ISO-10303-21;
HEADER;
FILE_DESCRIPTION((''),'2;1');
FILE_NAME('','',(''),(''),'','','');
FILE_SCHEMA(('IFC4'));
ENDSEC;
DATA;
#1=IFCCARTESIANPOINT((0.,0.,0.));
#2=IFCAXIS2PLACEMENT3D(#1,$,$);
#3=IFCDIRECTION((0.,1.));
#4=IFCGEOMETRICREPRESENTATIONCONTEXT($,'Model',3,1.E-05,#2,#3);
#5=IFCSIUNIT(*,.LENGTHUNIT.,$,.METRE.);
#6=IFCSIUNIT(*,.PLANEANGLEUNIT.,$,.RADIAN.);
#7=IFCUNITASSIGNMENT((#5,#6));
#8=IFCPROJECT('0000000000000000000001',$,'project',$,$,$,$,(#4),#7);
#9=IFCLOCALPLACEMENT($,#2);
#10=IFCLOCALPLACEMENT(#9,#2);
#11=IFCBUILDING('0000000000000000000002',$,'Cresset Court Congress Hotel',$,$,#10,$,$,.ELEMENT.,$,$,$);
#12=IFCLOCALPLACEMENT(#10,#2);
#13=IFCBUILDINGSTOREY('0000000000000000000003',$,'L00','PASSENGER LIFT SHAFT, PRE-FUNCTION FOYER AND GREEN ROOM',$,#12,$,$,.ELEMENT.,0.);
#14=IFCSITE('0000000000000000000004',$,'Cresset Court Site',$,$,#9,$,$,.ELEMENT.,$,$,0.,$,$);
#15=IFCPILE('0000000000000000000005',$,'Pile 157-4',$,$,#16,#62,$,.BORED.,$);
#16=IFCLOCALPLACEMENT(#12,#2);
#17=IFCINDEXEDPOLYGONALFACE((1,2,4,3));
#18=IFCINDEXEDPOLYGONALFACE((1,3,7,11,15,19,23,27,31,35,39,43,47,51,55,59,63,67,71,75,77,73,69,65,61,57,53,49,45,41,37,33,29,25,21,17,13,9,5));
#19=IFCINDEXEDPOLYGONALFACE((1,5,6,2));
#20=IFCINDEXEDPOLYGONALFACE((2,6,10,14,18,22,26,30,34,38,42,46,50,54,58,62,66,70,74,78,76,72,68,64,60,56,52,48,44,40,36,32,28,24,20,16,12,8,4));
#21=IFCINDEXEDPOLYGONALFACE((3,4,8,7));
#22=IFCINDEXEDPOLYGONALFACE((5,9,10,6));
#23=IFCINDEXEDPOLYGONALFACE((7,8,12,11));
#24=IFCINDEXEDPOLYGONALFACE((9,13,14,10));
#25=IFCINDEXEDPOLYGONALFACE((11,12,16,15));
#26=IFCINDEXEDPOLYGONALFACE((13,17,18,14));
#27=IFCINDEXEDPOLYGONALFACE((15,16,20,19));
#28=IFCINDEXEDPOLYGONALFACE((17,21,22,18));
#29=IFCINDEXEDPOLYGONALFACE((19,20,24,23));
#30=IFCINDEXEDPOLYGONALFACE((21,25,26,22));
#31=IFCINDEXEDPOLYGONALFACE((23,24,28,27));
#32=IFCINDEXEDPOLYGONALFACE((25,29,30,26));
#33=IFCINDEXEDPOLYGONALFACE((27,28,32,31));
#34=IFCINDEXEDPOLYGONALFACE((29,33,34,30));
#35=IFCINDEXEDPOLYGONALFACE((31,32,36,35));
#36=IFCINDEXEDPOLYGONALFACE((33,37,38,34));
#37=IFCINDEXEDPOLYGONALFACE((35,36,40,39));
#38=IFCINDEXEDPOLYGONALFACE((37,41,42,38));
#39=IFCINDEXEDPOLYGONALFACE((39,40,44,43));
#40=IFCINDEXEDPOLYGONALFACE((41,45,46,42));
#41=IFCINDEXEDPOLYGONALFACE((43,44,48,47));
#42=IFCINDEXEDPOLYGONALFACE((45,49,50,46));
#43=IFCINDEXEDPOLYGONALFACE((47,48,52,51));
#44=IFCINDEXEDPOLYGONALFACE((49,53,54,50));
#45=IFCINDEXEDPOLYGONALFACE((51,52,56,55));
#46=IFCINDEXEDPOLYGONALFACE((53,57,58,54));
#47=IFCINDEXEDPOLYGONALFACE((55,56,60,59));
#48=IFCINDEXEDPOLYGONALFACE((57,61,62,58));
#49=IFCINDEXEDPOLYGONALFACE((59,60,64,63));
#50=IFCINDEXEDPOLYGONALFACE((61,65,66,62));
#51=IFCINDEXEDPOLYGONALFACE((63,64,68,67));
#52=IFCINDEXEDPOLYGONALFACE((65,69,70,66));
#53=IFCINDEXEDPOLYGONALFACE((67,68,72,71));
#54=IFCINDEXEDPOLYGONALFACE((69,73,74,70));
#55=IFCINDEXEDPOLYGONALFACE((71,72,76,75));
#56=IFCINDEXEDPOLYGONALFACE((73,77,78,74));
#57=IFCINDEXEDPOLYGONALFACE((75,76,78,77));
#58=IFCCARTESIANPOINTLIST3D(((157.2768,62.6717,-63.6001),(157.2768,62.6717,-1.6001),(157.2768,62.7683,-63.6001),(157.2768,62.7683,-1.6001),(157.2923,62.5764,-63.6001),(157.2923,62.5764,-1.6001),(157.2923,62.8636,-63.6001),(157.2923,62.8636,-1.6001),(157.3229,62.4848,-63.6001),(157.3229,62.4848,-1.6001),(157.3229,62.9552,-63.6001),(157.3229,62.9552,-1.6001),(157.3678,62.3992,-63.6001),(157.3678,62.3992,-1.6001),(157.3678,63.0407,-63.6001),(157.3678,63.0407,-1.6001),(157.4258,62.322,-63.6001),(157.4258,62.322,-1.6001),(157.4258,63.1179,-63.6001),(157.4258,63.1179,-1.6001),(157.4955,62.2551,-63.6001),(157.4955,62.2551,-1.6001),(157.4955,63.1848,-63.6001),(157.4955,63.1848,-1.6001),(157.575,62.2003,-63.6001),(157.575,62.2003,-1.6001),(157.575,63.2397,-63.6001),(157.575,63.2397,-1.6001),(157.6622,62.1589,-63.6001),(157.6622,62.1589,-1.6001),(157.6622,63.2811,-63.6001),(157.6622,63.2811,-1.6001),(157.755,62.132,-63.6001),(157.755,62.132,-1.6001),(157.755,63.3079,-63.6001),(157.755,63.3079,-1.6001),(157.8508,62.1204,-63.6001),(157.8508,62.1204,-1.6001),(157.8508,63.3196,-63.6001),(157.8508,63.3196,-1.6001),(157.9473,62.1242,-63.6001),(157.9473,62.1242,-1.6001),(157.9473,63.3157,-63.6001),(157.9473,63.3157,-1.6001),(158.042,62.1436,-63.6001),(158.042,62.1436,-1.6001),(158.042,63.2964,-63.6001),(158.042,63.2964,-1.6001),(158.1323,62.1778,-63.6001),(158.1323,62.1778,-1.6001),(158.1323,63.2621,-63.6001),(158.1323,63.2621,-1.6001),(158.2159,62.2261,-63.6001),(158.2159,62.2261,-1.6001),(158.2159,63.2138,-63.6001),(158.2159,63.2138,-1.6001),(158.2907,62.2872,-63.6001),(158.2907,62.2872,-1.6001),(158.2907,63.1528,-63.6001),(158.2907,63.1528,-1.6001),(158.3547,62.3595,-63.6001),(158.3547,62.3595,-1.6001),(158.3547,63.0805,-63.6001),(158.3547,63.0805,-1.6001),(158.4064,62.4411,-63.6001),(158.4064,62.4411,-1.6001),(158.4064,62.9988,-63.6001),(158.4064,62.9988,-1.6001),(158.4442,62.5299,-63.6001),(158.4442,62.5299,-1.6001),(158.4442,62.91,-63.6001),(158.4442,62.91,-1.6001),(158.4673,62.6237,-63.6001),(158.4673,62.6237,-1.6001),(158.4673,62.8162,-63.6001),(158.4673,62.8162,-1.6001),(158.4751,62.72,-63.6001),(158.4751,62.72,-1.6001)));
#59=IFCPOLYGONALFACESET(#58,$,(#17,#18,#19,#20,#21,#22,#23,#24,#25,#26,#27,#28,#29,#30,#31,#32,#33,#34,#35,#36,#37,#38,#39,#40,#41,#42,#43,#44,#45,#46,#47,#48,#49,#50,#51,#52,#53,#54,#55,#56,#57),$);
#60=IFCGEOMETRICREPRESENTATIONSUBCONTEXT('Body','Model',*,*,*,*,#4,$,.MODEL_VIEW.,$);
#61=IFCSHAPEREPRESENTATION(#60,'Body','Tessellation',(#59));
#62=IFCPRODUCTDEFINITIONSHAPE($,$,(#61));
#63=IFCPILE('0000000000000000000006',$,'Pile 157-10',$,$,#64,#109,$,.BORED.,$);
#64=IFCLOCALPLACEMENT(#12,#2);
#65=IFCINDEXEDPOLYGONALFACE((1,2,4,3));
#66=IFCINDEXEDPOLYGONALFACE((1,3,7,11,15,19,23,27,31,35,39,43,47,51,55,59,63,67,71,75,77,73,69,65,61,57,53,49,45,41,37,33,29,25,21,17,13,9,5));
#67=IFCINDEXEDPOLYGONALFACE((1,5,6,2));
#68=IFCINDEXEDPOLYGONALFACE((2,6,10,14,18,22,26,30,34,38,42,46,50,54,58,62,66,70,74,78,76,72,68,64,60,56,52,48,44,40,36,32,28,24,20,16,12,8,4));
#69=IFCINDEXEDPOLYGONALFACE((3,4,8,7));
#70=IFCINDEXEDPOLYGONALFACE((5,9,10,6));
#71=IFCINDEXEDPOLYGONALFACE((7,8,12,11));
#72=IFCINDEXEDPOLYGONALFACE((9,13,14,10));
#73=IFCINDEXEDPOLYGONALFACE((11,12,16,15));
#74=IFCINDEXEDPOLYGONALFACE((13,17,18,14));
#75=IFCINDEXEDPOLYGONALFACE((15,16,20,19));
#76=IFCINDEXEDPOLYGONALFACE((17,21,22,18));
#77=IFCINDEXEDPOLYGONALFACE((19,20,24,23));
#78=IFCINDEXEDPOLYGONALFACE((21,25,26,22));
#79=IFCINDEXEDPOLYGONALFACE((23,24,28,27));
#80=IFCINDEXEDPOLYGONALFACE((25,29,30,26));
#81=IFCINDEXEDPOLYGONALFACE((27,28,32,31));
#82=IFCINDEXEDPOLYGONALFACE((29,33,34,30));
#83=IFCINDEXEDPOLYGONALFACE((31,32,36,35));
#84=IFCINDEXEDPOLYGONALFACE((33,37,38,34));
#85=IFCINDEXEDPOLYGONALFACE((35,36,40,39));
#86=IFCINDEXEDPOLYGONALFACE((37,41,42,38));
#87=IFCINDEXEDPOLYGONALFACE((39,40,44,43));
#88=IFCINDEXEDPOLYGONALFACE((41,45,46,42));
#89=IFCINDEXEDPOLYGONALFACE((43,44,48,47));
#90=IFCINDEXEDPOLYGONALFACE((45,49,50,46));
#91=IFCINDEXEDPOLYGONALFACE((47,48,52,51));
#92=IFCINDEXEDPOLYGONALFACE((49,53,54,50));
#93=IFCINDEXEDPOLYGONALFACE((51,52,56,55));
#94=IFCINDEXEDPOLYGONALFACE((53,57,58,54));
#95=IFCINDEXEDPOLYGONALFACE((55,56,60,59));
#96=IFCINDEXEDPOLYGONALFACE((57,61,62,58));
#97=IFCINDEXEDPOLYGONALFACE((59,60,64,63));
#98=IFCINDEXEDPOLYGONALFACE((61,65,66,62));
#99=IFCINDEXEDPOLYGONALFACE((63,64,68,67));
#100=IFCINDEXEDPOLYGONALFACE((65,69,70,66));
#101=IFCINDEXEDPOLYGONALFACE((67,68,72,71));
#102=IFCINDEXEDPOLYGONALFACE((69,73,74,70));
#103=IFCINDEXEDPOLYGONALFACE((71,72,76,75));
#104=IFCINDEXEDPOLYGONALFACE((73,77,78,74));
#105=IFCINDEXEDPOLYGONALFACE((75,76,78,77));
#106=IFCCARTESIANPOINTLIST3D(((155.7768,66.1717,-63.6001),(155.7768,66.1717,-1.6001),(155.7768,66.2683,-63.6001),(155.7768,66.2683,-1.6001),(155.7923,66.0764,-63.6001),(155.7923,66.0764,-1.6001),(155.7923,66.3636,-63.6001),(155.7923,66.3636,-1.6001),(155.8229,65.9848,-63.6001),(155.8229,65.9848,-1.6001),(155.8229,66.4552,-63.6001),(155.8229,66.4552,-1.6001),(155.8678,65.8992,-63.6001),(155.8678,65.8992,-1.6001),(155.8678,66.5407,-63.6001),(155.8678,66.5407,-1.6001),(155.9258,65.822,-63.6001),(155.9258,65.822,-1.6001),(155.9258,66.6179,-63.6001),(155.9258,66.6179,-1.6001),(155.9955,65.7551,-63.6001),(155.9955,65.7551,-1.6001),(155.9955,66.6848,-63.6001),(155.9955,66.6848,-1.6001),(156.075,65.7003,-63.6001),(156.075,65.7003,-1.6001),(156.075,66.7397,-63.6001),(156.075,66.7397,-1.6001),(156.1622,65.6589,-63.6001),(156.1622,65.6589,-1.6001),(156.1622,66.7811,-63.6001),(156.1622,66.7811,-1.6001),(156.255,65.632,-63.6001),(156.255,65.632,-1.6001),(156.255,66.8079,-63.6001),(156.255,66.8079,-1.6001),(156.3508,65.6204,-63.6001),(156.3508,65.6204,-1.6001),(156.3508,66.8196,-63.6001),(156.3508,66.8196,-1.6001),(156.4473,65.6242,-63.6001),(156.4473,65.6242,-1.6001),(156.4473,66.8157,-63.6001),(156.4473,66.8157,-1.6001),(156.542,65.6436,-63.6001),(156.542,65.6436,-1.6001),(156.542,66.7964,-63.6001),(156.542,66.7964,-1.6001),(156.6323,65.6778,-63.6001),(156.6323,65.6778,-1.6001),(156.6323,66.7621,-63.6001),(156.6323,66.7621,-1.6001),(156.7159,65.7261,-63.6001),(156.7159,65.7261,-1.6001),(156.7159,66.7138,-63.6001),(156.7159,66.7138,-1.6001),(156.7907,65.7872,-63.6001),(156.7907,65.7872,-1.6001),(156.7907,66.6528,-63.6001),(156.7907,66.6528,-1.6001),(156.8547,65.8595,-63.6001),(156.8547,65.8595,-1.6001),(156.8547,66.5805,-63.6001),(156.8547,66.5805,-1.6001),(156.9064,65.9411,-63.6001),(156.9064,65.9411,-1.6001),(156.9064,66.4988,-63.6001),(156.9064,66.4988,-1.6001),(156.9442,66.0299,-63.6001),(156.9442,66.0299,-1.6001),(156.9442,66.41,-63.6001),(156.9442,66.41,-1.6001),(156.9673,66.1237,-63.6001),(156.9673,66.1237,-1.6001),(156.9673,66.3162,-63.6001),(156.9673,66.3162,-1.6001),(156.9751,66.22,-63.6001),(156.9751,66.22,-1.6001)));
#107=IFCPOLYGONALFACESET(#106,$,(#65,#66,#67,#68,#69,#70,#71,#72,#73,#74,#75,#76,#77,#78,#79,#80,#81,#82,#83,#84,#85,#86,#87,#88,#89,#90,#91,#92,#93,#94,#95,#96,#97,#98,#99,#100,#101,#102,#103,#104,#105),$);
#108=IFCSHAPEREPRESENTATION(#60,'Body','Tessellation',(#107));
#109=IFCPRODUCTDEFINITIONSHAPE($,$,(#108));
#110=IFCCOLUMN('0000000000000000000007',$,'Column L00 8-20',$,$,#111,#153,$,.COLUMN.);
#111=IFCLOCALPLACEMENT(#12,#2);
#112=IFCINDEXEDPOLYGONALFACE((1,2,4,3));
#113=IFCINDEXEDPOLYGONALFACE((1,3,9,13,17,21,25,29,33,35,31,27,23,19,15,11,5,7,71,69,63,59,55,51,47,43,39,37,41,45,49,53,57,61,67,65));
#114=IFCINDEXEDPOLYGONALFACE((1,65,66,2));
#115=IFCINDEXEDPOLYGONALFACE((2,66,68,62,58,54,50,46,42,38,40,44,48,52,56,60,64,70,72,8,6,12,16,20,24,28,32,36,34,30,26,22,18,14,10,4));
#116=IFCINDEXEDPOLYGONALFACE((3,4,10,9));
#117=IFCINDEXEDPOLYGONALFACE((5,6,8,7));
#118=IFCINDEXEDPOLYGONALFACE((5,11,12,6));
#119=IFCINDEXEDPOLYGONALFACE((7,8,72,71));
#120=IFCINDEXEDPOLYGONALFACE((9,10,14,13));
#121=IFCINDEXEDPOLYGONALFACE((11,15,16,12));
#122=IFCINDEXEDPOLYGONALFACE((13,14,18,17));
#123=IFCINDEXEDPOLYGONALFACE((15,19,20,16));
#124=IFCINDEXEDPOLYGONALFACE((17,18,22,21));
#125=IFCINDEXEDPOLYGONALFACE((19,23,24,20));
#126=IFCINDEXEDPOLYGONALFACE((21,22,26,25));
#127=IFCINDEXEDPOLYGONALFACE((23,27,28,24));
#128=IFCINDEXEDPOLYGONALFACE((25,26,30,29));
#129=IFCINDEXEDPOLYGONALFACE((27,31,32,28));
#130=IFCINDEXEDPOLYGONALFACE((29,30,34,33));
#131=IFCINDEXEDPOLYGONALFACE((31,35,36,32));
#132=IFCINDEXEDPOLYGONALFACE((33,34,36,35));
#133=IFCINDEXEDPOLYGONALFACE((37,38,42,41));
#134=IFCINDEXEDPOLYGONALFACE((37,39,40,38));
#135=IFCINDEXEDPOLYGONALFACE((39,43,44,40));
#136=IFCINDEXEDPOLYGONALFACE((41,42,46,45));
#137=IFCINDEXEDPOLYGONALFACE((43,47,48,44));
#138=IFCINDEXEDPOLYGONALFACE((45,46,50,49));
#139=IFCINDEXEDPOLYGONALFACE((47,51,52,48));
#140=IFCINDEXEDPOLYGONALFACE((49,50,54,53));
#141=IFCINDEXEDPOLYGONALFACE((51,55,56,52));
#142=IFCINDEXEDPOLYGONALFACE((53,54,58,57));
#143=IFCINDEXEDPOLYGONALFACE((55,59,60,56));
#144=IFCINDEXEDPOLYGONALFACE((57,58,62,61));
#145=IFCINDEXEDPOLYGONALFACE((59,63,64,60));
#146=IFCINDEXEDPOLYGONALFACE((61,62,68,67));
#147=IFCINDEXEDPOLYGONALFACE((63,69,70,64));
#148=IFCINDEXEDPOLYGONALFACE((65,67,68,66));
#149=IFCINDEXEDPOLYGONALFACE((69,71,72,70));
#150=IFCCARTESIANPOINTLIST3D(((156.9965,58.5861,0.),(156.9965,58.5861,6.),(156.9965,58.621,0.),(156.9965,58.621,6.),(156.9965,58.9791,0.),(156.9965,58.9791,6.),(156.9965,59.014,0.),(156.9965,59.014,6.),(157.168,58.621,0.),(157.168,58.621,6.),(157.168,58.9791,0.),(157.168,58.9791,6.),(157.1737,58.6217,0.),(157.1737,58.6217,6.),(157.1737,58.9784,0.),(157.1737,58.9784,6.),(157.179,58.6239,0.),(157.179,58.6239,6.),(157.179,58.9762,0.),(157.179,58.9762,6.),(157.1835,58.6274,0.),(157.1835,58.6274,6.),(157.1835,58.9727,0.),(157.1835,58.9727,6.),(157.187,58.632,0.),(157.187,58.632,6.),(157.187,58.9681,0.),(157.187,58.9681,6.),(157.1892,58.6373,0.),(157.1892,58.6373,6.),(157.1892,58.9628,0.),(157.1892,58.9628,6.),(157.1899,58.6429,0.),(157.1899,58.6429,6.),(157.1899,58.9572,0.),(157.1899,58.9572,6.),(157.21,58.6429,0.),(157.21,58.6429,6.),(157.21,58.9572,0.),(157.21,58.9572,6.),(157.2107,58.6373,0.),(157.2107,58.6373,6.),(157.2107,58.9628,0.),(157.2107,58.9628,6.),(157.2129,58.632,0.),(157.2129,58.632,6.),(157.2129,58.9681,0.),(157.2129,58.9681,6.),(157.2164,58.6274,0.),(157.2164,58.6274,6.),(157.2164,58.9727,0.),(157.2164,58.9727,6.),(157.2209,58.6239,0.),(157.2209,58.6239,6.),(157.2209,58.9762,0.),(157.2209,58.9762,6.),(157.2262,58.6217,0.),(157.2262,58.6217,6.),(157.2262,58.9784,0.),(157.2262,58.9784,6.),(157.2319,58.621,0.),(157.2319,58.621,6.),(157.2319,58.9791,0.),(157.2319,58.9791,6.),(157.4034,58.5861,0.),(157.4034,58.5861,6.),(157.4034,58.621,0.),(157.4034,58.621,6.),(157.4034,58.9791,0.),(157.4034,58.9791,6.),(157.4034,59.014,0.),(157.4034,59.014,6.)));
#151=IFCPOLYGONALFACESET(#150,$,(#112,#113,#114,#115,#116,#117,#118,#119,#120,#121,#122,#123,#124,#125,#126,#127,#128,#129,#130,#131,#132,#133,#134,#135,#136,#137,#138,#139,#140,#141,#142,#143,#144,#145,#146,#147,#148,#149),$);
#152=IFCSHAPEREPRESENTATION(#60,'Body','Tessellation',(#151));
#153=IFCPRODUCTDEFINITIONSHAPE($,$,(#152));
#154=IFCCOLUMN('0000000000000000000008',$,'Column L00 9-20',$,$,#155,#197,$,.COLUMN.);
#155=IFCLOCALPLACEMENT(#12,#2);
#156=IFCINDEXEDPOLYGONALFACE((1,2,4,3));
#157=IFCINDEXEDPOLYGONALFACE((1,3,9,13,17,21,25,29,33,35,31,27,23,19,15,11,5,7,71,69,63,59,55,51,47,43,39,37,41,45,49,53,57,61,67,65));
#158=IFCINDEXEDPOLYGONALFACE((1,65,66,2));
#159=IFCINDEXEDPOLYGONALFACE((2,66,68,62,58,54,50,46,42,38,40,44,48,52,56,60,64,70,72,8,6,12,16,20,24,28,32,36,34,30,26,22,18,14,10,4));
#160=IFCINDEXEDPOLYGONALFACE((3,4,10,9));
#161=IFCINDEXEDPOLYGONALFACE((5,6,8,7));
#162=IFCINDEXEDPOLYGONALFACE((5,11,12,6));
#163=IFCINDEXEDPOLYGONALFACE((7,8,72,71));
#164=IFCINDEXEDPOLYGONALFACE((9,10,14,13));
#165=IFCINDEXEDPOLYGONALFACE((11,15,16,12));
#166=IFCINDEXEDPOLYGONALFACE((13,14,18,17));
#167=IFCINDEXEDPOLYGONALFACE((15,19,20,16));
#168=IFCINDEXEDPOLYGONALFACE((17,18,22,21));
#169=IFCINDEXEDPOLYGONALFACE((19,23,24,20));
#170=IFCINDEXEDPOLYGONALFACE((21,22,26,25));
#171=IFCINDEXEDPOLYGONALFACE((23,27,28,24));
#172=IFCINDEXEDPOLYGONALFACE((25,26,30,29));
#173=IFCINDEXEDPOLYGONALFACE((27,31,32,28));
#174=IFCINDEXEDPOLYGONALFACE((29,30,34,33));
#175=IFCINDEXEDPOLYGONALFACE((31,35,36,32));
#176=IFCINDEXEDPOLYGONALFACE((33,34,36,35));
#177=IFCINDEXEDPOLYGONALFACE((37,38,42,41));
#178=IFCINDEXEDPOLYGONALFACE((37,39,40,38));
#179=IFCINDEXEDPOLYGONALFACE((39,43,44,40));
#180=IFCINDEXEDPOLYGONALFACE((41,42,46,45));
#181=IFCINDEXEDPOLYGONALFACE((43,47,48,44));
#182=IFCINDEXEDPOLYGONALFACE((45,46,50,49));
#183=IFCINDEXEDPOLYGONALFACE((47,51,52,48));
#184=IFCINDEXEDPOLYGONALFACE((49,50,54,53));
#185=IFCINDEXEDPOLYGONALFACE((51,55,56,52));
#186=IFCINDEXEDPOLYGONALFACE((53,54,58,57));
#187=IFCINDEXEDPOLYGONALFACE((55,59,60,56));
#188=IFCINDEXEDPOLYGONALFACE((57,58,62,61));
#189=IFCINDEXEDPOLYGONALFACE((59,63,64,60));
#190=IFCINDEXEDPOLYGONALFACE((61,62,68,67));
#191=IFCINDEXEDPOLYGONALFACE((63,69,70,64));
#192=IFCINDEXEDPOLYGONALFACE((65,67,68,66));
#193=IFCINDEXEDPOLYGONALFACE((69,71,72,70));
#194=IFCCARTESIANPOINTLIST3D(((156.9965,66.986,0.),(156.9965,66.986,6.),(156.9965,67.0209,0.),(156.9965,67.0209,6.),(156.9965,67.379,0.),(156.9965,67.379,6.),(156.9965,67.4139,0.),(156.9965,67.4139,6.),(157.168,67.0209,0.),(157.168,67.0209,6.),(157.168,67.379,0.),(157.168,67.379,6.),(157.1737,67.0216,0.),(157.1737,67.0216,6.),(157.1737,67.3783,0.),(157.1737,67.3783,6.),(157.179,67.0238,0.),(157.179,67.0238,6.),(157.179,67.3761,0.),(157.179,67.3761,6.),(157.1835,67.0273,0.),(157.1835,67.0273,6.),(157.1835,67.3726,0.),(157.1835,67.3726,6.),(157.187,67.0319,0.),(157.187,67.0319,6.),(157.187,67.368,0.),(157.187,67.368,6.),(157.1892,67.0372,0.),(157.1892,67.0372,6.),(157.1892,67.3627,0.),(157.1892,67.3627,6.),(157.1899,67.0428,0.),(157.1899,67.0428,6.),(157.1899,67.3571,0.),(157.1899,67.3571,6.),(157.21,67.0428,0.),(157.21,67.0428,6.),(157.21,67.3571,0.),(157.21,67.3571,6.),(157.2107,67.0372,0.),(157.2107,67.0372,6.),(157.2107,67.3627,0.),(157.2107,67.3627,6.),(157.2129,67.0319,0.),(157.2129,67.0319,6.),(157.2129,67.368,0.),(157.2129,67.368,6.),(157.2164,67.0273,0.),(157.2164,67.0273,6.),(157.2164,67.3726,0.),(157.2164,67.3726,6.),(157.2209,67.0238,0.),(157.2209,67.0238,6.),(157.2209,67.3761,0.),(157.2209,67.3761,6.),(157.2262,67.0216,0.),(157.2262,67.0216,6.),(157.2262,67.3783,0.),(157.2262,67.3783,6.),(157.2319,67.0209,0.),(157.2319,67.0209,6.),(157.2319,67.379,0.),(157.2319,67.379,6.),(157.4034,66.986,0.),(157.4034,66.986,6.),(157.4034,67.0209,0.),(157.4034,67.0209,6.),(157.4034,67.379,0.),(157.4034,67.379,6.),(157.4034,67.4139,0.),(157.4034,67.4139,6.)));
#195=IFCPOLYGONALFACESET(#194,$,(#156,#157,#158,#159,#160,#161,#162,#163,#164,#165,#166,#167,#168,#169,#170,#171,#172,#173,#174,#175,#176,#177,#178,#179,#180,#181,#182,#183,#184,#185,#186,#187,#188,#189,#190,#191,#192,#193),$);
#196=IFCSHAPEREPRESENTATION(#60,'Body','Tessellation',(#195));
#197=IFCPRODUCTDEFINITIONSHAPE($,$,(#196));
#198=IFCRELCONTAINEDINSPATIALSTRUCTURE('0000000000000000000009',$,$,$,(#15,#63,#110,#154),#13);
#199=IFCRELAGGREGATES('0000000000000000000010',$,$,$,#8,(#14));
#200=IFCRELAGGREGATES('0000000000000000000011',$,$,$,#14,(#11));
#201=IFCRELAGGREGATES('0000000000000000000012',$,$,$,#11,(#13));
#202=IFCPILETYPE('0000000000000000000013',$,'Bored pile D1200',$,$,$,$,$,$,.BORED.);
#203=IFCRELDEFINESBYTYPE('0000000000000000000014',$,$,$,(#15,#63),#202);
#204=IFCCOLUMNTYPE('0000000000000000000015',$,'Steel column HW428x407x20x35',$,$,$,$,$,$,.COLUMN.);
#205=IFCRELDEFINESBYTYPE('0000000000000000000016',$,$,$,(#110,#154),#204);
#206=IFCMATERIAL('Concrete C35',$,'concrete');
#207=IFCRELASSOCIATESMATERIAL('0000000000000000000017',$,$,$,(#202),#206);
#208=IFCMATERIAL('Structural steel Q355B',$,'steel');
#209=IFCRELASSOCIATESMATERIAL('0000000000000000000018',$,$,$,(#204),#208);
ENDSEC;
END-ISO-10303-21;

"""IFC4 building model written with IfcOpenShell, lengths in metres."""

from ifc_helpers import new_model, si_unit, direction, frame, origin, origin_2d, place, context, subcontext, project, spatial, circle, i_section, extrude, material, material_profile, profile_set, type_object, element, save


model = new_model("IFC4")

# Units and contexts
model_context = context("Model", 3, precision=1e-05, world=origin(), true_north=direction((0.0, 1.0)))
body_context = subcontext(model_context, "Body", "Model", "MODEL_VIEW")
ifc_project = project(units=[si_unit("LENGTHUNIT", "METRE"), si_unit("PLANEANGLEUNIT", "RADIAN")], contexts=[model_context])

# Site, building, storey
site_placement = place(None, origin())
site = spatial("IfcSite", under=ifc_project, at=site_placement, Name="Cresset Court Site", CompositionType="ELEMENT", RefElevation=0.0)
building_placement = place(site_placement, origin())
building = spatial("IfcBuilding", under=site, at=building_placement, Name="Cresset Court Congress Hotel", CompositionType="ELEMENT")
storey_placement = place(building_placement, origin())
storey = spatial("IfcBuildingStorey", under=building, at=storey_placement, Name="L00", Description="PASSENGER LIFT SHAFT, PRE-FUNCTION FOYER AND GREEN ROOM", CompositionType="ELEMENT", Elevation=0.0)

# Piles
ifc_material_1 = material(Name="Concrete C35", Category="concrete")
pile_type = type_object("IfcPileType", Name="Bored pile D1200", PredefinedType="BORED", material=ifc_material_1)
for number, where, z_axis, x_axis, name in (
    (1, (157.875, 62.72, -1.6001), (0.0, 0.0, -1.0), (1.0, 0.0, 0.0), "Pile 157-4"),
    (2, (156.375, 66.22, -1.6001), (0.0, 0.0, -1.0), (1.0, 0.0, 0.0), "Pile 157-10"),
):
    element("IfcPile", number, at=place(storey_placement, frame(where, z_axis=z_axis, x_axis=x_axis)), inside=storey, type_object=pile_type, Name=name, PredefinedType="BORED", context=body_context, shape_type="SweptSolid", body=[
        extrude(circle(Radius=0.6001, at=origin_2d()), origin(), (0.0, 0.0, 1.0), 62.0),
    ])

# Columns
ifc_material_2 = material(Name="Structural steel Q355B", Category="steel")
ifc_material_profile = material_profile(ifc_material_2, i_section(OverallWidth=0.407, OverallDepth=0.428, WebThickness=0.02, FlangeThickness=0.0349, FilletRadius=0.022, at=origin_2d()), Name="HW428x407x20x35")
ifc_profile_set = profile_set([ifc_material_profile], Name="Structural steel Q355B")
column_type = type_object("IfcColumnType", Name="Steel column HW428x407x20x35", PredefinedType="COLUMN", material=ifc_profile_set)
for number, where, z_axis, x_axis, name in (
    (3, (157.2, 58.8, 0.0), (0.0, 0.0, 1.0), (1.0, 0.0, 0.0), "Column L00 8-20"),
    (4, (157.2, 67.2, 0.0), (0.0, 0.0, 1.0), (1.0, 0.0, 0.0), "Column L00 9-20"),
):
    element("IfcColumn", number, at=place(storey_placement, frame(where, z_axis=z_axis, x_axis=x_axis)), inside=storey, type_object=column_type, Name=name, PredefinedType="COLUMN", context=body_context, shape_type="SweptSolid", body=[
        extrude(i_section(OverallWidth=0.407, OverallDepth=0.428, WebThickness=0.02, FlangeThickness=0.0349, FilletRadius=0.022, at=origin_2d()), origin(), (0.0, 0.0, 1.0), 6.0),
    ])

save(model, "model.ifc")
